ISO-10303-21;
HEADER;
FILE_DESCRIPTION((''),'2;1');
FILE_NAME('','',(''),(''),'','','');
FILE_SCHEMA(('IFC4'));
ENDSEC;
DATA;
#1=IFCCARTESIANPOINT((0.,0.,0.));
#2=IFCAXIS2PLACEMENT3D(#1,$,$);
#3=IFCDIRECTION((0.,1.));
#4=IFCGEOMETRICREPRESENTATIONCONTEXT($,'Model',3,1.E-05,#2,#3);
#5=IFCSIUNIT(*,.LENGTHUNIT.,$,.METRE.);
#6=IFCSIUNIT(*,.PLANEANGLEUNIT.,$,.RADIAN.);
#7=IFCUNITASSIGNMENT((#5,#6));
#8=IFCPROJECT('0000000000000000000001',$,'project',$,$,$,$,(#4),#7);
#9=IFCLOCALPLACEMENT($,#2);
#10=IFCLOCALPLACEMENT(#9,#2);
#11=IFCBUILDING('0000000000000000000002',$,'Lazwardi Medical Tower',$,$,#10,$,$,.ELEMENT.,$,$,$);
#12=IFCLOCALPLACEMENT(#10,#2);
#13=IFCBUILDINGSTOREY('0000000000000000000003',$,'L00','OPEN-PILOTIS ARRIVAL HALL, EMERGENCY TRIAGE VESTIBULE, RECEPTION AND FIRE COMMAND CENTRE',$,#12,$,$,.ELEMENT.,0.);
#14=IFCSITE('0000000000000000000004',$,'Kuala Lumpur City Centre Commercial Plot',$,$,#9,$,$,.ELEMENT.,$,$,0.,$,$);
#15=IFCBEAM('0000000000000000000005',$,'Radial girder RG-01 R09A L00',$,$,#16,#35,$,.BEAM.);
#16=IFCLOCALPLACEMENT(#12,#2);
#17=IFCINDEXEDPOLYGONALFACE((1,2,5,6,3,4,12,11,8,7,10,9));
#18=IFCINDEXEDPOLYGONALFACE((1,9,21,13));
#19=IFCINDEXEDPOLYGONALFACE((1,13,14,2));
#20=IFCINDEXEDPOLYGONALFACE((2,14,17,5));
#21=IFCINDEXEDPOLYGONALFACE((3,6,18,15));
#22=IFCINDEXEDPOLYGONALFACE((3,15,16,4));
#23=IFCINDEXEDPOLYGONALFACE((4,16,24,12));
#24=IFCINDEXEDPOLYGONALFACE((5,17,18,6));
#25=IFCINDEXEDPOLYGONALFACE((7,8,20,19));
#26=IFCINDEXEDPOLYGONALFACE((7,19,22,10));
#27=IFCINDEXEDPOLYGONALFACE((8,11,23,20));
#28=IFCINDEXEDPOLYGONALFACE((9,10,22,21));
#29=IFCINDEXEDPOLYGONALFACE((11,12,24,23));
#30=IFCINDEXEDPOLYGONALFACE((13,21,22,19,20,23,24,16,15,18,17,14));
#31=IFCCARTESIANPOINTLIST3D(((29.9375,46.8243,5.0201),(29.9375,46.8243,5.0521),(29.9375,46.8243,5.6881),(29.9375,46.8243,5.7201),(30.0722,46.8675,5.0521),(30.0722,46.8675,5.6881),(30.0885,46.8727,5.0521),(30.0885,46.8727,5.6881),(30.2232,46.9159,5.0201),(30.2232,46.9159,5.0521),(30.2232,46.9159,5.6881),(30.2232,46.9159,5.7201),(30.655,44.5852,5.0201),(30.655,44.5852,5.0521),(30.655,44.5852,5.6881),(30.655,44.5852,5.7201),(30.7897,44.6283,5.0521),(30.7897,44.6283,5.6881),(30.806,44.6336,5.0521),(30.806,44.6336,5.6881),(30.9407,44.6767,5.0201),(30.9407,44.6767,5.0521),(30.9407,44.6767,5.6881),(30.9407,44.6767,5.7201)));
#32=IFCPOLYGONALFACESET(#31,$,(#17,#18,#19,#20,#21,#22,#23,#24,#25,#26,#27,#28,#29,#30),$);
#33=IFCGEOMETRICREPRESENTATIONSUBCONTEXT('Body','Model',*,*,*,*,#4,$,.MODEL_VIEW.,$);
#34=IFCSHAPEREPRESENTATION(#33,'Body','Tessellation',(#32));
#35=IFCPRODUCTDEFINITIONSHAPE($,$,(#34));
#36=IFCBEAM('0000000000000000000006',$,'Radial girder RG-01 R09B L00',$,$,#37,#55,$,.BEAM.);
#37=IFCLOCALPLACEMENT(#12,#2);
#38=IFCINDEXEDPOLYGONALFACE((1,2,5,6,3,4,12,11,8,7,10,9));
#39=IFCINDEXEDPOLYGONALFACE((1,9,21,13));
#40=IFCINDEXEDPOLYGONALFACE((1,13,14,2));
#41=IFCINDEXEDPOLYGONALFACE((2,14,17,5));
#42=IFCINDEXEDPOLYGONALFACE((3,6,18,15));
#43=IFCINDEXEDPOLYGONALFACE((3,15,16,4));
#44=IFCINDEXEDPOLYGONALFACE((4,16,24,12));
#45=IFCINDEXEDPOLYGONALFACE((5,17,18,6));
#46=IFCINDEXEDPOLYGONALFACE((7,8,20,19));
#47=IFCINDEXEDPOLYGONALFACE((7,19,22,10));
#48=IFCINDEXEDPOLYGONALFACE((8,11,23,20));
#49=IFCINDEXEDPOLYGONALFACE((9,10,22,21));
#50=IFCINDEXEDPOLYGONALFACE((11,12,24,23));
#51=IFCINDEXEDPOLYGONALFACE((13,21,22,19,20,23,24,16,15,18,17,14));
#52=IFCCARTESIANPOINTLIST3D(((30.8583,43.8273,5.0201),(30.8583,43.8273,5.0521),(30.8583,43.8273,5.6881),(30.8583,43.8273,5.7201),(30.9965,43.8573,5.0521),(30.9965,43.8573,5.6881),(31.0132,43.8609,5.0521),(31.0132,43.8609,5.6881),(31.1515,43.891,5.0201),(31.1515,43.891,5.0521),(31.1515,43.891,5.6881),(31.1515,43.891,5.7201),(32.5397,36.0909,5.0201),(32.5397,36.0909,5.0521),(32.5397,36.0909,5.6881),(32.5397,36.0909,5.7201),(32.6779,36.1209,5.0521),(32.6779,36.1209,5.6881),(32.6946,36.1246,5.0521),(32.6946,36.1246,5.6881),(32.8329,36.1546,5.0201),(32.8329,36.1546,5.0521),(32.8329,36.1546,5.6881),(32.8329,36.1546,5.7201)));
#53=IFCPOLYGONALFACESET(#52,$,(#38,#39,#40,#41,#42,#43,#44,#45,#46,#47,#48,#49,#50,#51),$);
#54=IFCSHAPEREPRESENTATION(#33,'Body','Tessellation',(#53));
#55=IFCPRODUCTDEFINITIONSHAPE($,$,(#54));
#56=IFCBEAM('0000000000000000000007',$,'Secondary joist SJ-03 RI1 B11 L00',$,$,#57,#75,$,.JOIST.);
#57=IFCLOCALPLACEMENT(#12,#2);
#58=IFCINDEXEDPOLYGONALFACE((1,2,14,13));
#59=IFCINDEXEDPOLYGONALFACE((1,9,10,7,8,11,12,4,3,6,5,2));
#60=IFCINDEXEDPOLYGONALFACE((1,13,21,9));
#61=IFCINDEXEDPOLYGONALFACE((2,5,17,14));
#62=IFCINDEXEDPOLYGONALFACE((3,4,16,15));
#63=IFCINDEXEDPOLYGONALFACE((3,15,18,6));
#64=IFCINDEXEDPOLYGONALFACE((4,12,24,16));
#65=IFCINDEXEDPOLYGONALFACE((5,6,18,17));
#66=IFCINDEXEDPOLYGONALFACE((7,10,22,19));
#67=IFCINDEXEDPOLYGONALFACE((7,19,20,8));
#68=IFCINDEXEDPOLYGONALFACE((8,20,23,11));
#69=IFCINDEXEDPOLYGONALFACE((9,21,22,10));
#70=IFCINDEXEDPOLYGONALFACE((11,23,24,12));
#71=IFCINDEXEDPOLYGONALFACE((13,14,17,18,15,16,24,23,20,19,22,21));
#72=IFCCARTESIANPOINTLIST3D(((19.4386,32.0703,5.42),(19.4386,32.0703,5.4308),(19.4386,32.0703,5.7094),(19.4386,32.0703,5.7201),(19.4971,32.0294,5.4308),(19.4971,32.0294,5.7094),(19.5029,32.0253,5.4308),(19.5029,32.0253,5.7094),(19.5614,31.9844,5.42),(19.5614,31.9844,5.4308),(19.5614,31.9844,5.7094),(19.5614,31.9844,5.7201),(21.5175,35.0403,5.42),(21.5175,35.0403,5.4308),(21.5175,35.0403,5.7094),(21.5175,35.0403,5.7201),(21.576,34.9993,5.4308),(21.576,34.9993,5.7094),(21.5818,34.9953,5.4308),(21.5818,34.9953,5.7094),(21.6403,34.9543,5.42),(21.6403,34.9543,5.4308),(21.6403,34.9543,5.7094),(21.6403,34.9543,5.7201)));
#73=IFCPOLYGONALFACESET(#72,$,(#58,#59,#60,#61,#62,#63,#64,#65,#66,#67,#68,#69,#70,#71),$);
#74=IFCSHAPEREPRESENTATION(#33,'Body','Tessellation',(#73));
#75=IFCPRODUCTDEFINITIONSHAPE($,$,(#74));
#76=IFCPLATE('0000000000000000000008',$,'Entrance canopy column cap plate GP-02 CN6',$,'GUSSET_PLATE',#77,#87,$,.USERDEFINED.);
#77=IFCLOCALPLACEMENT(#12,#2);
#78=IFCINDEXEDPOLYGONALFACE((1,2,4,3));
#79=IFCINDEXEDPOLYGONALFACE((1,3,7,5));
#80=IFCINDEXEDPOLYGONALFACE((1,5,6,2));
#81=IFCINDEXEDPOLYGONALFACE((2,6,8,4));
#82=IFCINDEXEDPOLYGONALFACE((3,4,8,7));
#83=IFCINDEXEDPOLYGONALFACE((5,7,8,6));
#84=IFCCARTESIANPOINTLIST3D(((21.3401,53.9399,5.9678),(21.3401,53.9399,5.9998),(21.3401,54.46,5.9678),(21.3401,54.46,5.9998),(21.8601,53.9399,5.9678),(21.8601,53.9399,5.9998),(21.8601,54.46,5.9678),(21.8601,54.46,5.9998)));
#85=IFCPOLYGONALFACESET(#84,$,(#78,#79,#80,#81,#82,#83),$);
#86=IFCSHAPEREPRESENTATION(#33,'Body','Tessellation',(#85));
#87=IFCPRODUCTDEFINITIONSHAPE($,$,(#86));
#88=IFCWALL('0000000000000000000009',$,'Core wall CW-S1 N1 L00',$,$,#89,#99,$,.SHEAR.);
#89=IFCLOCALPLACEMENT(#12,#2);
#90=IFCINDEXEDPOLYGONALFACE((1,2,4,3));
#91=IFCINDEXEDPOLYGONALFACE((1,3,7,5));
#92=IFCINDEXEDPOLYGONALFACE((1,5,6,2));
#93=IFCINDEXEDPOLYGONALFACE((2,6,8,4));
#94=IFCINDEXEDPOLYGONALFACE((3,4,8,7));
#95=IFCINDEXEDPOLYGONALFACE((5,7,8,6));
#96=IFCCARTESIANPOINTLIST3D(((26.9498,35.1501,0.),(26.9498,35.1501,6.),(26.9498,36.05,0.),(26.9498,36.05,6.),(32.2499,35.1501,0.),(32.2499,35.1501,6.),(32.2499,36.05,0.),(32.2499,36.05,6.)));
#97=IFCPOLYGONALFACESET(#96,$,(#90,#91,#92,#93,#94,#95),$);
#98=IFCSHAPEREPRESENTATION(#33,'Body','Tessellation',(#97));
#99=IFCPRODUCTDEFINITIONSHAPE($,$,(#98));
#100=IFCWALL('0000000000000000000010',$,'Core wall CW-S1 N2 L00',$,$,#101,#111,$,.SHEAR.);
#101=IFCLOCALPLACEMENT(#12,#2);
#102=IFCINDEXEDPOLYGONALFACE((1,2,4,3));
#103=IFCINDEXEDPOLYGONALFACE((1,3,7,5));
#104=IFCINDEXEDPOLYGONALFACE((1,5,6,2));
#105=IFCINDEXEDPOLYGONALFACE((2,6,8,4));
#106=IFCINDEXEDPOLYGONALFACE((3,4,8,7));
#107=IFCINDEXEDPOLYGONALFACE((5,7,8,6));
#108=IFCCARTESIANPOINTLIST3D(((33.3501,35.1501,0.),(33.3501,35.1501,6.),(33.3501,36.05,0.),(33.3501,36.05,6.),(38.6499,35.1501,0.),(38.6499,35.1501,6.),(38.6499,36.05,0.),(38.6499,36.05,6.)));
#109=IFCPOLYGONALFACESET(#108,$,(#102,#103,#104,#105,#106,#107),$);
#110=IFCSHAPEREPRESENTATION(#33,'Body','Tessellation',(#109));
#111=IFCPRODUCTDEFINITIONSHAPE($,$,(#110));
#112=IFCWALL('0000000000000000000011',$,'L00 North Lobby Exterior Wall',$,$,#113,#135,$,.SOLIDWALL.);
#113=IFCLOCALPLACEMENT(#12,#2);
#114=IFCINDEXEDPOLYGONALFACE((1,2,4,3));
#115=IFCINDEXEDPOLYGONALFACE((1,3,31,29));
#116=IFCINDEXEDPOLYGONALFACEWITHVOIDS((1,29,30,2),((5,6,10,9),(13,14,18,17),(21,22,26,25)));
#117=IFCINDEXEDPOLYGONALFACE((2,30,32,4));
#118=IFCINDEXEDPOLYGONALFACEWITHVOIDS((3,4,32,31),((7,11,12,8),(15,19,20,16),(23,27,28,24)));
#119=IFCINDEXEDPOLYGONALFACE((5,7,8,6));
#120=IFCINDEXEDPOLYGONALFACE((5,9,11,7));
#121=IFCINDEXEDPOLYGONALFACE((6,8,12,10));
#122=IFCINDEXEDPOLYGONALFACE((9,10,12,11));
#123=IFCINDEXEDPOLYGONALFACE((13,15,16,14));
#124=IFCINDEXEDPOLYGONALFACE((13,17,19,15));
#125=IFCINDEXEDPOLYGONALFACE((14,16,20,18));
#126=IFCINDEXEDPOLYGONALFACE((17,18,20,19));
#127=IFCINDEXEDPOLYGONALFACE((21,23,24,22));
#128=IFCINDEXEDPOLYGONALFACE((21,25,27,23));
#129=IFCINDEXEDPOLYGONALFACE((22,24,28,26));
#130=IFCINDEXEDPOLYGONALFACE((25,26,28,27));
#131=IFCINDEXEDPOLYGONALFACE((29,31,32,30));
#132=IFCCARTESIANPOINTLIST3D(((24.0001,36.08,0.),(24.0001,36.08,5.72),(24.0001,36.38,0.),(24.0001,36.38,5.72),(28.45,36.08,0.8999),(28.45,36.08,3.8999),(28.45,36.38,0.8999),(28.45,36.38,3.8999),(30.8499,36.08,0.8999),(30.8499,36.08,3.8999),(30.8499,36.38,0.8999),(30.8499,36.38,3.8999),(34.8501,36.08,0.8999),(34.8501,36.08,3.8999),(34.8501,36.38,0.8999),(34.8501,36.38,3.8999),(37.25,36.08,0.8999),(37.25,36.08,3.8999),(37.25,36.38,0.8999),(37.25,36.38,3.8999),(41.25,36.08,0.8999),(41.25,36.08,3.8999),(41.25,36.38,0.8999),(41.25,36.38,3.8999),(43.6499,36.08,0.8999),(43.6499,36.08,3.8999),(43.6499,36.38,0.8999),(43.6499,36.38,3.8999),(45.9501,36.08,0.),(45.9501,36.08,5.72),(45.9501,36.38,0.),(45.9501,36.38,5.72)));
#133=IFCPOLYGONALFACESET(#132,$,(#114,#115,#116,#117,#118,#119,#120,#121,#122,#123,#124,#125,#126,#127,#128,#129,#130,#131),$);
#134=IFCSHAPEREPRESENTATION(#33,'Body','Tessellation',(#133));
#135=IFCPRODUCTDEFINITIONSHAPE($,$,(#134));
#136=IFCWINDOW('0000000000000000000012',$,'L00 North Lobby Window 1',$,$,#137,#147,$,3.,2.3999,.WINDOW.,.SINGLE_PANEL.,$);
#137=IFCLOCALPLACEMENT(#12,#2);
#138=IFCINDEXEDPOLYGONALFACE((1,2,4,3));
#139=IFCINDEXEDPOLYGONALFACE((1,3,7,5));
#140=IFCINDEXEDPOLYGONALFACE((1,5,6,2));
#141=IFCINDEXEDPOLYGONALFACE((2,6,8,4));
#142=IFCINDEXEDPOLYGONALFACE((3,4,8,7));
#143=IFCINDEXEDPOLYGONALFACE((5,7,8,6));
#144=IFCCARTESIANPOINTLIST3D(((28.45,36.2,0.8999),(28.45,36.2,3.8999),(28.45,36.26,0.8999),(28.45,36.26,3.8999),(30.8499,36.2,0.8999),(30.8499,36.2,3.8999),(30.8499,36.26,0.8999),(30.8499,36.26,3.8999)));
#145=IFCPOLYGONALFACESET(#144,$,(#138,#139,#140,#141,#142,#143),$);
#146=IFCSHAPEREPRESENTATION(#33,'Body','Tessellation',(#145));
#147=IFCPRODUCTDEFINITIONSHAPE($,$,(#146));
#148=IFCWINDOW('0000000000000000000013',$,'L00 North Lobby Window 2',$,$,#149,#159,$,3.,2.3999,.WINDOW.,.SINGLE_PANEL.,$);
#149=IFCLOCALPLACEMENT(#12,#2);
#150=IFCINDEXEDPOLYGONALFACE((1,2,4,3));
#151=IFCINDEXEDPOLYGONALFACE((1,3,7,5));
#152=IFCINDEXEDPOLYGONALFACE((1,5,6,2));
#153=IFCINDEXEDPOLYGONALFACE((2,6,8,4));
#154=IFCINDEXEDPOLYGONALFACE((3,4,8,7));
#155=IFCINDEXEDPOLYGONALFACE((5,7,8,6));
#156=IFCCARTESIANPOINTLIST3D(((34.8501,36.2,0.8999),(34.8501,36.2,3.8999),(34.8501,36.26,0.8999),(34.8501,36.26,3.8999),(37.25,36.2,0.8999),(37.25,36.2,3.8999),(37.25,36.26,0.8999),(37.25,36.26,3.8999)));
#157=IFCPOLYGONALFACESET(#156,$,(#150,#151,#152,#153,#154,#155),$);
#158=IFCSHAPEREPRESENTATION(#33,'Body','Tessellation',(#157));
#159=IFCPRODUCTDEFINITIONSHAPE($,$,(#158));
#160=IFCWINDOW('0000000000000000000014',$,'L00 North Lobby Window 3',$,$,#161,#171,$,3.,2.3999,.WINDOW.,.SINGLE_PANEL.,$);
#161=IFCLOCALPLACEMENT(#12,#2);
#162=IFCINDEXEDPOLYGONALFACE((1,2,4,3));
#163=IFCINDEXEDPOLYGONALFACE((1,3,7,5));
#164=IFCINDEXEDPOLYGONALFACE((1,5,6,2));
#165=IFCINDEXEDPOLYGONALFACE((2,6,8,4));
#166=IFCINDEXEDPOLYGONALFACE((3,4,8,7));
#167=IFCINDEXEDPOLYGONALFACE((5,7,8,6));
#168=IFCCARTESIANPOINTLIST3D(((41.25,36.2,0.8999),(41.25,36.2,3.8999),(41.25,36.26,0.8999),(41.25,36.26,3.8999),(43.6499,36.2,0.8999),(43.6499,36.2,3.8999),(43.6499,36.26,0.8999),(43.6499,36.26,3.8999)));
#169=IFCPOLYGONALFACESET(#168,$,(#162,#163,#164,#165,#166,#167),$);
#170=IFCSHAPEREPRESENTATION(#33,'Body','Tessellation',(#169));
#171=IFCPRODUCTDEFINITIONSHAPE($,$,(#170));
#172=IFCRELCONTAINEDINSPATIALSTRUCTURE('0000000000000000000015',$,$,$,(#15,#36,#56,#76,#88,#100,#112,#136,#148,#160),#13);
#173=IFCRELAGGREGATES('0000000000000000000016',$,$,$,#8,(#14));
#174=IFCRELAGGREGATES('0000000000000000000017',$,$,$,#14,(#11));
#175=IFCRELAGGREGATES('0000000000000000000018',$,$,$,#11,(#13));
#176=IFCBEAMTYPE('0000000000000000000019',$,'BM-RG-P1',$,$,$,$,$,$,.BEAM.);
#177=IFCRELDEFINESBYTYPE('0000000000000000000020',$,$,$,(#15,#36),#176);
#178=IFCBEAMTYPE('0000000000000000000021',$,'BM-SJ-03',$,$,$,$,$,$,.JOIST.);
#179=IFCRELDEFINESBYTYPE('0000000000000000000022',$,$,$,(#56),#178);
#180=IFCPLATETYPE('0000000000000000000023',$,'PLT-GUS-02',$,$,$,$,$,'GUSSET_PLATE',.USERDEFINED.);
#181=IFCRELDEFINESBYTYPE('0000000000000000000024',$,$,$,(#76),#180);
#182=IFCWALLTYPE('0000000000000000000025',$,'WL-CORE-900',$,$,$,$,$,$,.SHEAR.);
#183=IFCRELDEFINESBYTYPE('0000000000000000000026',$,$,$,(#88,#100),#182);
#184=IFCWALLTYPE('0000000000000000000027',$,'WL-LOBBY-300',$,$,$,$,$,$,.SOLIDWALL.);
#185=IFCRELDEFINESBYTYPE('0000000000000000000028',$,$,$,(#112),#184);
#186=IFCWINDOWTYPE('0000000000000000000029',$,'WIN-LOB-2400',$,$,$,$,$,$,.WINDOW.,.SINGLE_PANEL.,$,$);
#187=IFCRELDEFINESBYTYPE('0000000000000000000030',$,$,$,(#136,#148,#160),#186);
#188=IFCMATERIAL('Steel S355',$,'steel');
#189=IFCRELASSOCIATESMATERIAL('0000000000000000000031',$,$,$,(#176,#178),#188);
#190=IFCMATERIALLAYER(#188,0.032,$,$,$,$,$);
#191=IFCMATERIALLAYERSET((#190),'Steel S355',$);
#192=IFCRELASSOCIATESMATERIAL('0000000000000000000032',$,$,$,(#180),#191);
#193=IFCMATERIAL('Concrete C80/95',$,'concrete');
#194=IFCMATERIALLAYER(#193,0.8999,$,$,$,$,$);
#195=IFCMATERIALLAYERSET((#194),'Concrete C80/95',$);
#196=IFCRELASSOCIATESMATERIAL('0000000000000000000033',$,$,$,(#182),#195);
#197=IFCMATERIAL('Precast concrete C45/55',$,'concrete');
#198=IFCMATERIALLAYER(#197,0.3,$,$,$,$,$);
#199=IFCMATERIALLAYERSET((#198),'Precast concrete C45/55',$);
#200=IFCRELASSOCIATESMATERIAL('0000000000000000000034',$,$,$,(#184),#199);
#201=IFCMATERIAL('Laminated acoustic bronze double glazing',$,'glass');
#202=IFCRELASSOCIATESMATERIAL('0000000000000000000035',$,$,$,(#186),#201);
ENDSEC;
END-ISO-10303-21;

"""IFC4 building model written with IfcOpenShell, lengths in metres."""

from ifc_helpers import new_model, si_unit, direction, frame, frame_2d, origin, origin_2d, place, context, subcontext, project, spatial, rectangle, i_section, extrude, material, layer, layer_set, material_profile, profile_set, type_object, element, fill, save


model = new_model("IFC4")

# Units and contexts
model_context = context("Model", 3, precision=1e-05, world=origin(), true_north=direction((0.0, 1.0)))
body_context = subcontext(model_context, "Body", "Model", "MODEL_VIEW")
ifc_project = project(units=[si_unit("LENGTHUNIT", "METRE"), si_unit("PLANEANGLEUNIT", "RADIAN")], contexts=[model_context])

# Site, building, storey
site_placement = place(None, origin())
site = spatial("IfcSite", under=ifc_project, at=site_placement, Name="Kuala Lumpur City Centre Commercial Plot", CompositionType="ELEMENT", RefElevation=0.0)
building_placement = place(site_placement, origin())
building = spatial("IfcBuilding", under=site, at=building_placement, Name="Lazwardi Medical Tower", CompositionType="ELEMENT")
storey_placement = place(building_placement, origin())
storey = spatial("IfcBuildingStorey", under=building, at=storey_placement, Name="L00", Description="OPEN-PILOTIS ARRIVAL HALL, EMERGENCY TRIAGE VESTIBULE, RECEPTION AND FIRE COMMAND CENTRE", CompositionType="ELEMENT", Elevation=0.0)

# Shared definitions
ifc_material_1 = material(Name="Concrete C80/95", Category="concrete")
ifc_material_2 = material(Name="Steel S355", Category="steel")

# Beams
ifc_material_profile_1 = material_profile(ifc_material_2, i_section(OverallWidth=0.3, OverallDepth=0.7, WebThickness=0.0171, FlangeThickness=0.032, at=origin_2d()), Name="HEB 700")
ifc_profile_set_1 = profile_set([ifc_material_profile_1], Name="Steel S355")
beam_type_1 = type_object("IfcBeamType", Name="BM-RG-P1", PredefinedType="BEAM", material=ifc_profile_set_1)
beam_1_placement = place(storey_placement, frame((30.0803, 46.8701, 5.3701), z_axis=(0.305149, -0.952305, 0.0), x_axis=(0.952305, 0.305149, 0.0)))
element("IfcBeam", 1, at=beam_1_placement, inside=storey, type_object=beam_type_1, Name="Radial girder RG-01 R09A L00", PredefinedType="BEAM", context=body_context, shape_type="SweptSolid", body=[
    extrude(i_section(OverallWidth=0.3, OverallDepth=0.7, WebThickness=0.0171, FlangeThickness=0.032, at=origin_2d()), origin(), (0.0, 0.0, 1.0), 2.3513),
])
beam_2_placement = place(storey_placement, frame((31.0049, 43.8591, 5.3701), z_axis=(0.21238, -0.977187, 0.0), x_axis=(0.977187, 0.21238, 0.0)))
element("IfcBeam", 2, at=beam_2_placement, inside=storey, type_object=beam_type_1, Name="Radial girder RG-01 R09B L00", PredefinedType="BEAM", context=body_context, shape_type="SweptSolid", body=[
    extrude(i_section(OverallWidth=0.3, OverallDepth=0.7, WebThickness=0.0171, FlangeThickness=0.032, at=origin_2d()), origin(), (0.0, 0.0, 1.0), 7.917),
])
ifc_material_profile_2 = material_profile(ifc_material_2, i_section(OverallWidth=0.1499, OverallDepth=0.3, WebThickness=0.0071, FlangeThickness=0.0107, at=origin_2d()), Name="IPE 300")
ifc_profile_set_2 = profile_set([ifc_material_profile_2], Name="Steel S355")
beam_type_2 = type_object("IfcBeamType", Name="BM-SJ-03", PredefinedType="JOIST", material=ifc_profile_set_2)
beam_3_placement = place(storey_placement, frame((21.5789, 34.9973, 5.5701), z_axis=(-0.57344, -0.819248, 0.0), x_axis=(0.819248, -0.57344, 0.0)))
element("IfcBeam", 3, at=beam_3_placement, inside=storey, type_object=beam_type_2, Name="Secondary joist SJ-03 RI1 B11 L00", PredefinedType="JOIST", context=body_context, shape_type="SweptSolid", body=[
    extrude(i_section(OverallWidth=0.1499, OverallDepth=0.3, WebThickness=0.0071, FlangeThickness=0.0107, at=origin_2d()), origin(), (0.0, 0.0, 1.0), 3.6252),
])

# Plate
ifc_layer_1 = layer(ifc_material_2, 0.032)
ifc_layer_set_1 = layer_set([ifc_layer_1], Name="Steel S355")
plate_type = type_object("IfcPlateType", Name="PLT-GUS-02", ElementType="GUSSET_PLATE", PredefinedType="USERDEFINED", material=ifc_layer_set_1)
plate_placement = place(storey_placement, frame((21.6001, 54.2, 5.9678), z_axis=(0.0, 0.0, 1.0), x_axis=(1.0, 0.0, 0.0)))
element("IfcPlate", 4, at=plate_placement, inside=storey, type_object=plate_type, Name="Entrance canopy column cap plate GP-02 CN6", ObjectType="GUSSET_PLATE", PredefinedType="USERDEFINED", context=body_context, shape_type="SweptSolid", body=[
    extrude(rectangle(XDim=0.52, YDim=0.52, at=origin_2d()), origin(), (0.0, 0.0, 1.0), 0.032),
])

# Walls
ifc_layer_2 = layer(ifc_material_1, 0.8999)
ifc_layer_set_2 = layer_set([ifc_layer_2], Name="Concrete C80/95")
wall_type_1 = type_object("IfcWallType", Name="WL-CORE-900", PredefinedType="SHEAR", material=ifc_layer_set_2)
wall_1_placement = place(storey_placement, frame((26.95, 35.6001, 0.0), z_axis=(0.0, 0.0, 1.0), x_axis=(1.0, 0.0, 0.0)))
element("IfcWall", 5, at=wall_1_placement, inside=storey, type_object=wall_type_1, Name="Core wall CW-S1 N1 L00", PredefinedType="SHEAR", context=body_context, shape_type="SweptSolid", body=[
    extrude(rectangle(XDim=5.3, YDim=0.8999, at=frame_2d((2.6499, 0.0))), origin(), (0.0, 0.0, 1.0), 6.0),
])
wall_2_placement = place(storey_placement, frame((33.3501, 35.6001, 0.0), z_axis=(0.0, 0.0, 1.0), x_axis=(1.0, 0.0, 0.0)))
element("IfcWall", 6, at=wall_2_placement, inside=storey, type_object=wall_type_1, Name="Core wall CW-S1 N2 L00", PredefinedType="SHEAR", context=body_context, shape_type="SweptSolid", body=[
    extrude(rectangle(XDim=5.2998, YDim=0.8999, at=frame_2d((2.6499, 0.0))), origin(), (0.0, 0.0, 1.0), 6.0),
])

# Wall, openings, windows
ifc_material_3 = material(Name="Precast concrete C45/55", Category="concrete")
ifc_layer_3 = layer(ifc_material_3, 0.3)
ifc_layer_set_3 = layer_set([ifc_layer_3], Name="Precast concrete C45/55")
wall_type_2 = type_object("IfcWallType", Name="WL-LOBBY-300", PredefinedType="SOLIDWALL", material=ifc_layer_set_3)
wall_3_placement = place(storey_placement, frame((24.0, 36.23, 0.0), z_axis=(0.0, 0.0, 1.0), x_axis=(1.0, 0.0, 0.0)))
wall_3 = element("IfcWall", 7, at=wall_3_placement, inside=storey, type_object=wall_type_2, Name="L00 North Lobby Exterior Wall", PredefinedType="SOLIDWALL", context=body_context, shape_type="SweptSolid", body=[
    extrude(rectangle(XDim=21.95, YDim=0.3, at=frame_2d((10.9751, 0.0))), origin(), (0.0, 0.0, 1.0), 5.72),
])
opening_1_placement = place(wall_3_placement, frame((4.45, 0.0, 0.8999)))
opening_1 = element("IfcOpeningElement", 8, at=opening_1_placement, cuts=wall_3, PredefinedType="OPENING", context=body_context, shape_type="SweptSolid", body=[
    extrude(rectangle(XDim=2.3999, YDim=3.0, at=frame_2d((1.2, 1.5))), frame((0.0, 0.1599, 0.0), z_axis=(0.0, -1.0, 0.0), x_axis=(1.0, 0.0, 0.0)), (0.0, 0.0, 1.0), 0.3201),
])
opening_2_placement = place(wall_3_placement, frame((10.8501, 0.0, 0.8999)))
opening_2 = element("IfcOpeningElement", 9, at=opening_2_placement, cuts=wall_3, PredefinedType="OPENING", context=body_context, shape_type="SweptSolid", body=[
    extrude(rectangle(XDim=2.3999, YDim=3.0, at=frame_2d((1.2, 1.5))), frame((0.0, 0.1599, 0.0), z_axis=(0.0, -1.0, 0.0), x_axis=(1.0, 0.0, 0.0)), (0.0, 0.0, 1.0), 0.3201),
])
opening_3_placement = place(wall_3_placement, frame((17.25, 0.0, 0.8999)))
opening_3 = element("IfcOpeningElement", 10, at=opening_3_placement, cuts=wall_3, PredefinedType="OPENING", context=body_context, shape_type="SweptSolid", body=[
    extrude(rectangle(XDim=2.3999, YDim=3.0, at=frame_2d((1.2, 1.5))), frame((0.0, 0.1599, 0.0), z_axis=(0.0, -1.0, 0.0), x_axis=(1.0, 0.0, 0.0)), (0.0, 0.0, 1.0), 0.3201),
])
ifc_material_4 = material(Name="Laminated acoustic bronze double glazing", Category="glass")
window_type = type_object("IfcWindowType", Name="WIN-LOB-2400", PartitioningType="SINGLE_PANEL", PredefinedType="WINDOW", material=ifc_material_4)
window_1_placement = place(opening_1_placement, origin())
window_1 = element("IfcWindow", 11, at=window_1_placement, inside=storey, type_object=window_type, Name="L00 North Lobby Window 1", OverallHeight=3.0, OverallWidth=2.3999, PartitioningType="SINGLE_PANEL", PredefinedType="WINDOW", context=body_context, shape_type="SweptSolid", body=[
    extrude(rectangle(XDim=2.3999, YDim=3.0, at=frame_2d((1.2, 1.5))), frame((0.0, 0.03, 0.0), z_axis=(0.0, -1.0, 0.0), x_axis=(1.0, 0.0, 0.0)), (0.0, 0.0, 1.0), 0.0601),
])
fill(opening_1, window_1)
window_2_placement = place(opening_2_placement, origin())
window_2 = element("IfcWindow", 12, at=window_2_placement, inside=storey, type_object=window_type, Name="L00 North Lobby Window 2", OverallHeight=3.0, OverallWidth=2.3999, PartitioningType="SINGLE_PANEL", PredefinedType="WINDOW", context=body_context, shape_type="SweptSolid", body=[
    extrude(rectangle(XDim=2.3999, YDim=3.0, at=frame_2d((1.2, 1.5))), frame((0.0, 0.03, 0.0), z_axis=(0.0, -1.0, 0.0), x_axis=(1.0, 0.0, 0.0)), (0.0, 0.0, 1.0), 0.0601),
])
fill(opening_2, window_2)
window_3_placement = place(opening_3_placement, origin())
window_3 = element("IfcWindow", 13, at=window_3_placement, inside=storey, type_object=window_type, Name="L00 North Lobby Window 3", OverallHeight=3.0, OverallWidth=2.3999, PartitioningType="SINGLE_PANEL", PredefinedType="WINDOW", context=body_context, shape_type="SweptSolid", body=[
    extrude(rectangle(XDim=2.3999, YDim=3.0, at=frame_2d((1.2, 1.5))), frame((0.0, 0.03, 0.0), z_axis=(0.0, -1.0, 0.0), x_axis=(1.0, 0.0, 0.0)), (0.0, 0.0, 1.0), 0.0601),
])
fill(opening_3, window_3)

save(model, "model.ifc")
